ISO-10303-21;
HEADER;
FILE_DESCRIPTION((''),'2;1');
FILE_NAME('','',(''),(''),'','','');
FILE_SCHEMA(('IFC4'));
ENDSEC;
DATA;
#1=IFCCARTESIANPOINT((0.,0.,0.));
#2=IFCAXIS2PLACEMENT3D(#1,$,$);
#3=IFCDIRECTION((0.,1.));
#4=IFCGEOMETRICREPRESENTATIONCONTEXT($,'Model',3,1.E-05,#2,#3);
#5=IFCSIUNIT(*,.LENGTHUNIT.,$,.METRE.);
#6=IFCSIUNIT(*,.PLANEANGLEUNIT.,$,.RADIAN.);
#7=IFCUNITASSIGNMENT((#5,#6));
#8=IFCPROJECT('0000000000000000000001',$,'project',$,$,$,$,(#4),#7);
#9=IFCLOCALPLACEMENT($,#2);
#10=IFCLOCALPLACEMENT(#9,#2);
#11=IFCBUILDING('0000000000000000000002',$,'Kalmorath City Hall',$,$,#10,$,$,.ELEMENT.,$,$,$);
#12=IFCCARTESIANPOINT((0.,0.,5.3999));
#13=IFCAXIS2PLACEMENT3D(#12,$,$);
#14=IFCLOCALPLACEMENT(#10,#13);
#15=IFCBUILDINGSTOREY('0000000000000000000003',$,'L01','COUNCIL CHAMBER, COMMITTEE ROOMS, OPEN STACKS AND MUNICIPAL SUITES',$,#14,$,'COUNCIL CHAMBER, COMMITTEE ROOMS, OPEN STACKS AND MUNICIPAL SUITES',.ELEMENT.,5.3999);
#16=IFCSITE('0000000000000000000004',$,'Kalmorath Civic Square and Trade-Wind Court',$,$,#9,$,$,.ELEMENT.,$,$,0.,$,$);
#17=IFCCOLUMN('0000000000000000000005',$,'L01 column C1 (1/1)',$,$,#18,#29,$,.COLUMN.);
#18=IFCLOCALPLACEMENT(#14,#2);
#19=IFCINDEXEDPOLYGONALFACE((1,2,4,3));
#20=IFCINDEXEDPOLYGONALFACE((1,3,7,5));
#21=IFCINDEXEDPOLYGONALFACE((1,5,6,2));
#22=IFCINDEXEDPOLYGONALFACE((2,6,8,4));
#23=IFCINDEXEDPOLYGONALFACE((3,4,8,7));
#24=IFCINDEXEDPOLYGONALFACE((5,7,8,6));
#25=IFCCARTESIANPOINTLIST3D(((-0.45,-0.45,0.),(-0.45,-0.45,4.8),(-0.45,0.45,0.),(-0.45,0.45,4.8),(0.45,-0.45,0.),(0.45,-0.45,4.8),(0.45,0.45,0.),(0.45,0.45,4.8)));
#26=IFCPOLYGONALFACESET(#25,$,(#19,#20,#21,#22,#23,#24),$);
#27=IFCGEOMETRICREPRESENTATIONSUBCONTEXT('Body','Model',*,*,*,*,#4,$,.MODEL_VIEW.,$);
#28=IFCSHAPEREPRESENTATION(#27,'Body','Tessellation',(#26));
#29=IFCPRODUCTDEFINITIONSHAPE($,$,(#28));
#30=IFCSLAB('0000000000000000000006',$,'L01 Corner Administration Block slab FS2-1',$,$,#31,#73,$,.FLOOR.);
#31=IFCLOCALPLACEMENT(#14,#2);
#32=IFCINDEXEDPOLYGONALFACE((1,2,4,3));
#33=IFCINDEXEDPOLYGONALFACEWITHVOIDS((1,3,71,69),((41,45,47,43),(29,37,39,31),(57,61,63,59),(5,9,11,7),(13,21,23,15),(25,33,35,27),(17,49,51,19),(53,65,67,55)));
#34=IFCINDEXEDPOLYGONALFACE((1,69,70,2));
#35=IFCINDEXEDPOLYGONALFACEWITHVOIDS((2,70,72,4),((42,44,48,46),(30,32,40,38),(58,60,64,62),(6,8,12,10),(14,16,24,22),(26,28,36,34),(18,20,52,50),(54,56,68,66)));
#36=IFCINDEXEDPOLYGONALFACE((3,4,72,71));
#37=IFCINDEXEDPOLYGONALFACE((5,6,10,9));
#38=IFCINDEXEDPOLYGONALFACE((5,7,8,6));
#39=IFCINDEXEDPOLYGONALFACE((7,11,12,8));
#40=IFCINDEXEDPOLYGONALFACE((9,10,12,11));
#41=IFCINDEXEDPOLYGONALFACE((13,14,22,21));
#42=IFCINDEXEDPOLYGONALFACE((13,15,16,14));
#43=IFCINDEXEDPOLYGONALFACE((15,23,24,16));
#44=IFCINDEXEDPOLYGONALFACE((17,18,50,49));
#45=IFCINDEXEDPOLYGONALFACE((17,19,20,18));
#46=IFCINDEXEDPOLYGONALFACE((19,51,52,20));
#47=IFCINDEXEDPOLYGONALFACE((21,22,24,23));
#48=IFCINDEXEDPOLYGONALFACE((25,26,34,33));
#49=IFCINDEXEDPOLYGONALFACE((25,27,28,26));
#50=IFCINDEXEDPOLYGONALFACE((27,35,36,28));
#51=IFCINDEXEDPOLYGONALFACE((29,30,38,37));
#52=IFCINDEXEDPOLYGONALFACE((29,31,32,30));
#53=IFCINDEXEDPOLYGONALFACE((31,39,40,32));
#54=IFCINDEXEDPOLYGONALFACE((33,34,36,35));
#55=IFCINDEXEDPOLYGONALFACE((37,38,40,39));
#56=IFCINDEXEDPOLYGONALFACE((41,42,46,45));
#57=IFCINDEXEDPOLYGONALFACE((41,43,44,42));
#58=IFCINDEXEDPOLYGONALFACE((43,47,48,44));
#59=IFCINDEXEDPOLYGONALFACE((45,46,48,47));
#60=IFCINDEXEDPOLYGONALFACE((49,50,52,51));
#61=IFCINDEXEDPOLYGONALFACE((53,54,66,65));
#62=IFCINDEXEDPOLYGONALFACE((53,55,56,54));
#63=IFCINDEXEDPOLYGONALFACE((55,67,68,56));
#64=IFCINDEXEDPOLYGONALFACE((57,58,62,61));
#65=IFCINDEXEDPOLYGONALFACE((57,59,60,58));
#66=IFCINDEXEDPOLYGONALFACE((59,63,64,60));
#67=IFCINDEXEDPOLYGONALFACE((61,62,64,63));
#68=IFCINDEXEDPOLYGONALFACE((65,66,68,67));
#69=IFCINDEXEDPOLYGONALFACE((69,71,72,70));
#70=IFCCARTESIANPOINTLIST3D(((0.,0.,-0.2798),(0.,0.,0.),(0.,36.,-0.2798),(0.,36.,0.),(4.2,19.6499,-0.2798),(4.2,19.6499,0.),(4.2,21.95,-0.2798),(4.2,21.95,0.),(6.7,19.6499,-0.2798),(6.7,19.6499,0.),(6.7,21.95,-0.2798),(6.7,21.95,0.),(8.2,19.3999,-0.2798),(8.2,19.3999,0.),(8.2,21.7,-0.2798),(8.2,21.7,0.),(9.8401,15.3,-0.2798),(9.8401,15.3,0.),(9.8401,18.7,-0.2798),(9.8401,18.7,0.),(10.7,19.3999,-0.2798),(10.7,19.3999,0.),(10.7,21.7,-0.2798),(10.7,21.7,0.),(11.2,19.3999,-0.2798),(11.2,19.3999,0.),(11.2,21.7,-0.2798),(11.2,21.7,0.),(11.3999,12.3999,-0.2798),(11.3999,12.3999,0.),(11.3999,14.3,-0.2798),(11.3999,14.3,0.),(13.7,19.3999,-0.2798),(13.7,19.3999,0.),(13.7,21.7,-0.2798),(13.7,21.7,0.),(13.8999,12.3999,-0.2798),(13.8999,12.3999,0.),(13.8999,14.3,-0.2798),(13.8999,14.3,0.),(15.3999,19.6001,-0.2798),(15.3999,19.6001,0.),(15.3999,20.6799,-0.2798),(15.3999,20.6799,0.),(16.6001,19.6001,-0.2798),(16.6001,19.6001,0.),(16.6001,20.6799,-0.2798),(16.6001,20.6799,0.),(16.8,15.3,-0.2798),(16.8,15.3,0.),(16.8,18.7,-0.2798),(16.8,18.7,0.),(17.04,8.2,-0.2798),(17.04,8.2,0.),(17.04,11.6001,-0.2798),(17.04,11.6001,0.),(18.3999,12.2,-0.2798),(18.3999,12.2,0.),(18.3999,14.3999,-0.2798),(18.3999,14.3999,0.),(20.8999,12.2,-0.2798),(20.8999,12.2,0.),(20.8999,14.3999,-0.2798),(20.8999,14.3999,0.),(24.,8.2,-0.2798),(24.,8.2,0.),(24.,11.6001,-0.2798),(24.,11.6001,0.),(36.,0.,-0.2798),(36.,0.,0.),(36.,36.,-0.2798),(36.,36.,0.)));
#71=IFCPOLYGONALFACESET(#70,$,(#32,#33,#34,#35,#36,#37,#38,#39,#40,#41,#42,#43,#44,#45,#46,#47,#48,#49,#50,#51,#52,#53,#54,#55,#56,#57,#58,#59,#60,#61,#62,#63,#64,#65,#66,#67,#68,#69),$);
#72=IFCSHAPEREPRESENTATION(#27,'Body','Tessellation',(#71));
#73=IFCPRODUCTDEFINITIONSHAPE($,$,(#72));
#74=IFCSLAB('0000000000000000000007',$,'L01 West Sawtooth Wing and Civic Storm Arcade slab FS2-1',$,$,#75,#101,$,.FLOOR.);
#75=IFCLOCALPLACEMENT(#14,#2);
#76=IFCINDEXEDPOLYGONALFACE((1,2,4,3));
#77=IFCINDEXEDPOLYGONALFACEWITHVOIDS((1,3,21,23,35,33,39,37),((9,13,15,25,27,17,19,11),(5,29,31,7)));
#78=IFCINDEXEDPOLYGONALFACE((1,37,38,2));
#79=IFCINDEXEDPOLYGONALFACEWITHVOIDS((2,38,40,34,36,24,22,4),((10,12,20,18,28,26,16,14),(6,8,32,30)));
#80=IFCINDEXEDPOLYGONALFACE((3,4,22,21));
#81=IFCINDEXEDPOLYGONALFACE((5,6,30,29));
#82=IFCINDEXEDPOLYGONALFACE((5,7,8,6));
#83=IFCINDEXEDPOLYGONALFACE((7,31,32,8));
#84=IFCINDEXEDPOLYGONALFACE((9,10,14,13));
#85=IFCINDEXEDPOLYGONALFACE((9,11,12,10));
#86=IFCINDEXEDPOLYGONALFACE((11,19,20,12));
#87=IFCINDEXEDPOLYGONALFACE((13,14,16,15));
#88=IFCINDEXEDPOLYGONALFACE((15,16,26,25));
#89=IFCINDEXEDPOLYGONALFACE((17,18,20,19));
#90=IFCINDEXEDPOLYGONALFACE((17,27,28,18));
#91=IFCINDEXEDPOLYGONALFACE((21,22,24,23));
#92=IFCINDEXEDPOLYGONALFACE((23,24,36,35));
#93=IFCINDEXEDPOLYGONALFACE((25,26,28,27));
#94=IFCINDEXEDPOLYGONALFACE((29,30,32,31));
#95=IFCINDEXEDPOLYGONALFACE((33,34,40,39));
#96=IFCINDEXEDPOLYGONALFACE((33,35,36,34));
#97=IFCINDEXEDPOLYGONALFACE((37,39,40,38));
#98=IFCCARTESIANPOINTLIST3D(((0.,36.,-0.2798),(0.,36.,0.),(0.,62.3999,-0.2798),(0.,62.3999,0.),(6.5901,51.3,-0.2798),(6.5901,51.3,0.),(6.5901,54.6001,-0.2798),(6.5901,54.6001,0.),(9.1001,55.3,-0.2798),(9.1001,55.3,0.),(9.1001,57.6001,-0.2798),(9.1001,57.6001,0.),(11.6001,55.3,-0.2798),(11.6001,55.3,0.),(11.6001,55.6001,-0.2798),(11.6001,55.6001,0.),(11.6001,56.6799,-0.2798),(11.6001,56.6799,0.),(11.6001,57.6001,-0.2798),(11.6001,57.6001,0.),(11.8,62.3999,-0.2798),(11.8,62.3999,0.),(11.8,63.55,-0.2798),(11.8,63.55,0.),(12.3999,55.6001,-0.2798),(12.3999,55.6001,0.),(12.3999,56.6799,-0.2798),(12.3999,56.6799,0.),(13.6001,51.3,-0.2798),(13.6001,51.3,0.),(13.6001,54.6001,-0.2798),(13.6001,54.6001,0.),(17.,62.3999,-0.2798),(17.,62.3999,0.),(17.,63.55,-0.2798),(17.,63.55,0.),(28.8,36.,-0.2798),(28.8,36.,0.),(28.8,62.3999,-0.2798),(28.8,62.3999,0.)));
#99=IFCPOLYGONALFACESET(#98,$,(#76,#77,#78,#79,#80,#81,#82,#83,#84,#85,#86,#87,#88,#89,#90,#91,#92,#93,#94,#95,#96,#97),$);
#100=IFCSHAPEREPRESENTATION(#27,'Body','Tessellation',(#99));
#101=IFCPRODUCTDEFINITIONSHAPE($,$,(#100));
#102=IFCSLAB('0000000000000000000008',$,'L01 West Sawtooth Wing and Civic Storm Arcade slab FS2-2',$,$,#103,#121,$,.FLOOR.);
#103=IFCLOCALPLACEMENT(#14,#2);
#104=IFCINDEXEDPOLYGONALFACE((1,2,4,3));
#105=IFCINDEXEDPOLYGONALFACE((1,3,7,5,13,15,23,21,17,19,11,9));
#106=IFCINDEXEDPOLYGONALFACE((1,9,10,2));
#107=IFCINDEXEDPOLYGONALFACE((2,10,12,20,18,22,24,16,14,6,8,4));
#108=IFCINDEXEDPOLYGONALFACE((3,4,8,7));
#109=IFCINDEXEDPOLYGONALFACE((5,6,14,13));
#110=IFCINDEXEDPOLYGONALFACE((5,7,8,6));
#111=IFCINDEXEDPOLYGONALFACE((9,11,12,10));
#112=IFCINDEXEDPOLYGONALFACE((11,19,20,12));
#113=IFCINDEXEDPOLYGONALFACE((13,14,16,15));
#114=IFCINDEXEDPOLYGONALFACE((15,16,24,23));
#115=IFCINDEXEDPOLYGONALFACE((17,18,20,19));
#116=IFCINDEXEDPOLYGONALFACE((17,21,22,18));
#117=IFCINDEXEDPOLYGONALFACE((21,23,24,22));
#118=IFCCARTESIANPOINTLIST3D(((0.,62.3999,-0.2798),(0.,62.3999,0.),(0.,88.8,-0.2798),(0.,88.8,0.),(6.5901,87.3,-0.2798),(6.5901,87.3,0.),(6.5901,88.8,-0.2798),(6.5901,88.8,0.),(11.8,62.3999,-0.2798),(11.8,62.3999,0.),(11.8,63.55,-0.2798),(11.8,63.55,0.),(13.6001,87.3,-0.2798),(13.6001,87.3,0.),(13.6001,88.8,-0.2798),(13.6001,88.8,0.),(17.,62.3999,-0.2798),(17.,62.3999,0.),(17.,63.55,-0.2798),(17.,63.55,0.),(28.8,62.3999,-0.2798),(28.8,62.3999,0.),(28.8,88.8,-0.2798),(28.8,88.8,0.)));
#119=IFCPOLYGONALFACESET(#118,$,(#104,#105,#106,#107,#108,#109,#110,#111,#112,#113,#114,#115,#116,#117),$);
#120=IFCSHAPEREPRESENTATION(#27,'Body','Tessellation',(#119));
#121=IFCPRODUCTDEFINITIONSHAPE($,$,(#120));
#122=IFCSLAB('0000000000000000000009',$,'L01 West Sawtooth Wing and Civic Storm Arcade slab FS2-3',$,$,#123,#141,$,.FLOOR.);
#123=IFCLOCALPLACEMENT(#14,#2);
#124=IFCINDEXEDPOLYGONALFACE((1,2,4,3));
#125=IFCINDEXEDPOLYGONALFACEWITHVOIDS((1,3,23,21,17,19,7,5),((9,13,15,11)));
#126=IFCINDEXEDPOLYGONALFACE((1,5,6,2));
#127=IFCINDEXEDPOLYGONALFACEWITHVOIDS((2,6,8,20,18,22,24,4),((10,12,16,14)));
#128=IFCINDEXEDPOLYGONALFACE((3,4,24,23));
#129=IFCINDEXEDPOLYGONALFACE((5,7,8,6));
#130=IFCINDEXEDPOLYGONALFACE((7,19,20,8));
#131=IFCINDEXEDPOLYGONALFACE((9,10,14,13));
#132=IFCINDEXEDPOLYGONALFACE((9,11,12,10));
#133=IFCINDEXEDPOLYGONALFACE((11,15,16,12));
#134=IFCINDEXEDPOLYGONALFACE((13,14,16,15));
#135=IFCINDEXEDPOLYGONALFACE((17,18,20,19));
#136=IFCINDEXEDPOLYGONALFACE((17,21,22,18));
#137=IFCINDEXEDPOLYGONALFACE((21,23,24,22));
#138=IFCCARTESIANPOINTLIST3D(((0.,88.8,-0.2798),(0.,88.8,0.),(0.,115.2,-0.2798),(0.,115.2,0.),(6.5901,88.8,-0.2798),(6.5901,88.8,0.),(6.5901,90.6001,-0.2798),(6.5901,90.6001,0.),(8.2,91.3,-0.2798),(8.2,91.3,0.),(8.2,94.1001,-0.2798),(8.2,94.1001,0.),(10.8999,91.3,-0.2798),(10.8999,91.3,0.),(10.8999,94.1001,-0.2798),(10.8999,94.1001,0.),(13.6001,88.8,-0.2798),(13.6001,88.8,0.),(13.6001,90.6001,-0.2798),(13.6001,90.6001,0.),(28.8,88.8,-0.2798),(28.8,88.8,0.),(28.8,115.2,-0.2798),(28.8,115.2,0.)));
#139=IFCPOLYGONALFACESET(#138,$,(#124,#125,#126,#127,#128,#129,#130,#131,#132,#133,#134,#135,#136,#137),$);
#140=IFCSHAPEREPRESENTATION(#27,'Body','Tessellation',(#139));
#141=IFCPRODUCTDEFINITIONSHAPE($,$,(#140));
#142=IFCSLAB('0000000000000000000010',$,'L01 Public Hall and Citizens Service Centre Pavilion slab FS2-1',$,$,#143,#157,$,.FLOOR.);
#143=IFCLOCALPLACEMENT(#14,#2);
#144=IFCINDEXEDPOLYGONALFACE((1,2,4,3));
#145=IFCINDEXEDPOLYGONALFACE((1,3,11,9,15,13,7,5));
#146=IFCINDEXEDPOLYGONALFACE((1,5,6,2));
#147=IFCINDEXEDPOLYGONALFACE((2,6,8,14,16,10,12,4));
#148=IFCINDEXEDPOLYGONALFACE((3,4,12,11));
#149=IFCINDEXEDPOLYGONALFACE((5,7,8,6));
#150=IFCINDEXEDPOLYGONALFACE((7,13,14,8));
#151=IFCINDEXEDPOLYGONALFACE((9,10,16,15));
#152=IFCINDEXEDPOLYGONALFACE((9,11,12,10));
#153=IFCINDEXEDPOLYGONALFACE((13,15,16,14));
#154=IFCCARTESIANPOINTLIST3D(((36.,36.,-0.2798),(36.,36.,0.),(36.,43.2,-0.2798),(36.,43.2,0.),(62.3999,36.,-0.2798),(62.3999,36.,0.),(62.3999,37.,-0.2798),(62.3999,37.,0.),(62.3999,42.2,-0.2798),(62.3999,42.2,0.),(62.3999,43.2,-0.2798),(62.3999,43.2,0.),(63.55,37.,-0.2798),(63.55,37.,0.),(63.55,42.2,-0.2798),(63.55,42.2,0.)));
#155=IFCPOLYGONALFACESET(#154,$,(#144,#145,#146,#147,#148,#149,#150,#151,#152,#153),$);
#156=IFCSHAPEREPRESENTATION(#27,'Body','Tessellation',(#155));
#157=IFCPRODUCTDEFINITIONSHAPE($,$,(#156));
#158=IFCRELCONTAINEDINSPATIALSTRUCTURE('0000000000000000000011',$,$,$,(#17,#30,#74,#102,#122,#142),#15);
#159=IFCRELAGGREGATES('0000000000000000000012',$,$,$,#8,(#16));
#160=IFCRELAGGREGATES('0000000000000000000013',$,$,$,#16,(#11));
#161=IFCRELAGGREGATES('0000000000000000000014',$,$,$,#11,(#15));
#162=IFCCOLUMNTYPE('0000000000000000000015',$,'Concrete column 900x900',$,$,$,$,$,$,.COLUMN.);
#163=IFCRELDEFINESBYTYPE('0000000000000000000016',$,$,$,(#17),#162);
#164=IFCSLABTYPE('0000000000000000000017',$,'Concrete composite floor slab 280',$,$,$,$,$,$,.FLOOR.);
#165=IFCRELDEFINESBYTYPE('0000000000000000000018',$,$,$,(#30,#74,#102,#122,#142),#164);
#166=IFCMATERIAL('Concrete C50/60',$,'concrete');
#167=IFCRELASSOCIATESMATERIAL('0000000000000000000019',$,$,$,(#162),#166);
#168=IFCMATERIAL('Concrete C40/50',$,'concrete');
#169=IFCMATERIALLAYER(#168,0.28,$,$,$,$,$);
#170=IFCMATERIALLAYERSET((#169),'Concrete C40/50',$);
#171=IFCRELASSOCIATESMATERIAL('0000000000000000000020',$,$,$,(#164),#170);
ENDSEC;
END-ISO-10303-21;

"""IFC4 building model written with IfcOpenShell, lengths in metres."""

from ifc_helpers import new_model, si_unit, direction, frame, origin, origin_with_axes, origin_2d, place, context, subcontext, project, spatial, polyline, rectangle, outline, extrude, material, layer, layer_set, material_profile, profile_set, type_object, element, save


model = new_model("IFC4")

# Units and contexts
model_context = context("Model", 3, precision=1e-05, world=origin(), true_north=direction((0.0, 1.0)))
body_context = subcontext(model_context, "Body", "Model", "MODEL_VIEW")
ifc_project = project(units=[si_unit("LENGTHUNIT", "METRE"), si_unit("PLANEANGLEUNIT", "RADIAN")], contexts=[model_context])

# Site, building, storey
site_placement = place(None, origin())
site = spatial("IfcSite", under=ifc_project, at=site_placement, Name="Kalmorath Civic Square and Trade-Wind Court", CompositionType="ELEMENT", RefElevation=0.0)
building_placement = place(site_placement, origin())
building = spatial("IfcBuilding", under=site, at=building_placement, Name="Kalmorath City Hall", CompositionType="ELEMENT")
storey_placement = place(building_placement, frame((0.0, 0.0, 5.3999)))
storey = spatial("IfcBuildingStorey", under=building, at=storey_placement, Name="L01", Description="COUNCIL CHAMBER, COMMITTEE ROOMS, OPEN STACKS AND MUNICIPAL SUITES", LongName="COUNCIL CHAMBER, COMMITTEE ROOMS, OPEN STACKS AND MUNICIPAL SUITES", CompositionType="ELEMENT", Elevation=5.3999)

# Column
ifc_material_1 = material(Name="Concrete C50/60", Category="concrete")
ifc_material_profile = material_profile(ifc_material_1, rectangle(XDim=0.8999, YDim=0.8999, at=origin_2d()), Name="RC-COL-900X900")
ifc_profile_set = profile_set([ifc_material_profile], Name="Concrete C50/60")
column_type = type_object("IfcColumnType", Name="Concrete column 900x900", PredefinedType="COLUMN", material=ifc_profile_set)
column_placement = place(storey_placement, origin_with_axes())
element("IfcColumn", 1, at=column_placement, inside=storey, type_object=column_type, Name="L01 column C1 (1/1)", PredefinedType="COLUMN", context=body_context, shape_type="SweptSolid", body=[
    extrude(rectangle(XDim=0.8999, YDim=0.8999, at=origin_2d()), origin(), (0.0, 0.0, 1.0), 4.8),
])

# Slabs
ifc_material_2 = material(Name="Concrete C40/50", Category="concrete")
ifc_layer_1 = layer(ifc_material_2, 0.28)
ifc_layer_set_1 = layer_set([ifc_layer_1], Name="Concrete C40/50")
slab_type_1 = type_object("IfcSlabType", Name="Concrete composite floor slab 280", PredefinedType="FLOOR", material=ifc_layer_set_1)
slab_1_placement = place(storey_placement, frame((0.0, 0.0, -0.2798)))
element("IfcSlab", 2, at=slab_1_placement, inside=storey, type_object=slab_type_1, Name="L01 Corner Administration Block slab FS2-1", PredefinedType="FLOOR", context=body_context, shape_type="SweptSolid", body=[
    extrude(outline(polyline([(0.0, 36.0), (36.0, 36.0), (36.0, 0.0), (0.0, 0.0), (0.0, 36.0)]), holes=[polyline([(16.8, 15.3), (16.8, 18.7), (9.8401, 18.7), (9.8401, 15.3), (16.8, 15.3)]), polyline([(4.2, 19.6499), (6.7, 19.6499), (6.7, 21.95), (4.2, 21.95), (4.2, 19.6499)]), polyline([(8.2, 21.7), (8.2, 19.3999), (10.7, 19.3999), (10.7, 21.7), (8.2, 21.7)]), polyline([(13.7, 21.7), (11.2, 21.7), (11.2, 19.3999), (13.7, 19.3999), (13.7, 21.7)]), polyline([(24.0, 8.2), (24.0, 11.6001), (17.04, 11.6001), (17.04, 8.2), (24.0, 8.2)]), polyline([(11.3999, 12.3999), (13.8999, 12.3999), (13.8999, 14.3), (11.3999, 14.3), (11.3999, 12.3999)]), polyline([(18.3999, 14.3999), (18.3999, 12.2), (20.8999, 12.2), (20.8999, 14.3999), (18.3999, 14.3999)]), polyline([(16.6001, 20.6799), (15.3999, 20.6799), (15.3999, 19.6001), (16.6001, 19.6001), (16.6001, 20.6799)])]), origin(), (0.0, 0.0, 1.0), 0.2798),
])
slab_2_placement = place(storey_placement, frame((0.0, 0.0, -0.2798)))
element("IfcSlab", 3, at=slab_2_placement, inside=storey, type_object=slab_type_1, Name="L01 West Sawtooth Wing and Civic Storm Arcade slab FS2-1", PredefinedType="FLOOR", context=body_context, shape_type="SweptSolid", body=[
    extrude(outline(polyline([(0.0, 36.0), (0.0, 62.3999), (11.8, 62.3999), (11.8, 63.55), (17.0, 63.55), (17.0, 62.3999), (28.8, 62.3999), (28.8, 36.0), (0.0, 36.0)]), holes=[polyline([(6.5901, 54.6001), (6.5901, 51.3), (13.6001, 51.3), (13.6001, 54.6001), (6.5901, 54.6001)]), polyline([(11.6001, 55.6001), (12.3999, 55.6001), (12.3999, 56.6799), (11.6001, 56.6799), (11.6001, 57.6001), (9.1001, 57.6001), (9.1001, 55.3), (11.6001, 55.3), (11.6001, 55.6001)])]), origin(), (0.0, 0.0, 1.0), 0.2798),
])
slab_3_placement = place(storey_placement, frame((0.0, 0.0, -0.2798)))
element("IfcSlab", 4, at=slab_3_placement, inside=storey, type_object=slab_type_1, Name="L01 West Sawtooth Wing and Civic Storm Arcade slab FS2-2", PredefinedType="FLOOR", context=body_context, shape_type="SweptSolid", body=[
    extrude(outline(polyline([(17.0, 62.3999), (17.0, 63.55), (11.8, 63.55), (11.8, 62.3999), (0.0, 62.3999), (0.0, 88.8), (6.5901, 88.8), (6.5901, 87.3), (13.6001, 87.3), (13.6001, 88.8), (28.8, 88.8), (28.8, 62.3999), (17.0, 62.3999)])), origin(), (0.0, 0.0, 1.0), 0.2798),
])
slab_4_placement = place(storey_placement, frame((0.0, 0.0, -0.2798)))
element("IfcSlab", 5, at=slab_4_placement, inside=storey, type_object=slab_type_1, Name="L01 West Sawtooth Wing and Civic Storm Arcade slab FS2-3", PredefinedType="FLOOR", context=body_context, shape_type="SweptSolid", body=[
    extrude(outline(polyline([(28.8, 115.2), (28.8, 88.8), (13.6001, 88.8), (13.6001, 90.6001), (6.5901, 90.6001), (6.5901, 88.8), (0.0, 88.8), (0.0, 115.2), (28.8, 115.2)]), holes=[polyline([(8.2, 94.1001), (8.2, 91.3), (10.8999, 91.3), (10.8999, 94.1001), (8.2, 94.1001)])]), origin(), (0.0, 0.0, 1.0), 0.2798),
])
slab_5_placement = place(storey_placement, frame((0.0, 0.0, -0.2798)))
element("IfcSlab", 6, at=slab_5_placement, inside=storey, type_object=slab_type_1, Name="L01 Public Hall and Citizens Service Centre Pavilion slab FS2-1", PredefinedType="FLOOR", context=body_context, shape_type="SweptSolid", body=[
    extrude(outline(polyline([(62.3999, 42.2), (63.55, 42.2), (63.55, 37.0), (62.3999, 37.0), (62.3999, 36.0), (36.0, 36.0), (36.0, 43.2), (62.3999, 43.2), (62.3999, 42.2)])), origin(), (0.0, 0.0, 1.0), 0.2798),
])

save(model, "model.ifc")
